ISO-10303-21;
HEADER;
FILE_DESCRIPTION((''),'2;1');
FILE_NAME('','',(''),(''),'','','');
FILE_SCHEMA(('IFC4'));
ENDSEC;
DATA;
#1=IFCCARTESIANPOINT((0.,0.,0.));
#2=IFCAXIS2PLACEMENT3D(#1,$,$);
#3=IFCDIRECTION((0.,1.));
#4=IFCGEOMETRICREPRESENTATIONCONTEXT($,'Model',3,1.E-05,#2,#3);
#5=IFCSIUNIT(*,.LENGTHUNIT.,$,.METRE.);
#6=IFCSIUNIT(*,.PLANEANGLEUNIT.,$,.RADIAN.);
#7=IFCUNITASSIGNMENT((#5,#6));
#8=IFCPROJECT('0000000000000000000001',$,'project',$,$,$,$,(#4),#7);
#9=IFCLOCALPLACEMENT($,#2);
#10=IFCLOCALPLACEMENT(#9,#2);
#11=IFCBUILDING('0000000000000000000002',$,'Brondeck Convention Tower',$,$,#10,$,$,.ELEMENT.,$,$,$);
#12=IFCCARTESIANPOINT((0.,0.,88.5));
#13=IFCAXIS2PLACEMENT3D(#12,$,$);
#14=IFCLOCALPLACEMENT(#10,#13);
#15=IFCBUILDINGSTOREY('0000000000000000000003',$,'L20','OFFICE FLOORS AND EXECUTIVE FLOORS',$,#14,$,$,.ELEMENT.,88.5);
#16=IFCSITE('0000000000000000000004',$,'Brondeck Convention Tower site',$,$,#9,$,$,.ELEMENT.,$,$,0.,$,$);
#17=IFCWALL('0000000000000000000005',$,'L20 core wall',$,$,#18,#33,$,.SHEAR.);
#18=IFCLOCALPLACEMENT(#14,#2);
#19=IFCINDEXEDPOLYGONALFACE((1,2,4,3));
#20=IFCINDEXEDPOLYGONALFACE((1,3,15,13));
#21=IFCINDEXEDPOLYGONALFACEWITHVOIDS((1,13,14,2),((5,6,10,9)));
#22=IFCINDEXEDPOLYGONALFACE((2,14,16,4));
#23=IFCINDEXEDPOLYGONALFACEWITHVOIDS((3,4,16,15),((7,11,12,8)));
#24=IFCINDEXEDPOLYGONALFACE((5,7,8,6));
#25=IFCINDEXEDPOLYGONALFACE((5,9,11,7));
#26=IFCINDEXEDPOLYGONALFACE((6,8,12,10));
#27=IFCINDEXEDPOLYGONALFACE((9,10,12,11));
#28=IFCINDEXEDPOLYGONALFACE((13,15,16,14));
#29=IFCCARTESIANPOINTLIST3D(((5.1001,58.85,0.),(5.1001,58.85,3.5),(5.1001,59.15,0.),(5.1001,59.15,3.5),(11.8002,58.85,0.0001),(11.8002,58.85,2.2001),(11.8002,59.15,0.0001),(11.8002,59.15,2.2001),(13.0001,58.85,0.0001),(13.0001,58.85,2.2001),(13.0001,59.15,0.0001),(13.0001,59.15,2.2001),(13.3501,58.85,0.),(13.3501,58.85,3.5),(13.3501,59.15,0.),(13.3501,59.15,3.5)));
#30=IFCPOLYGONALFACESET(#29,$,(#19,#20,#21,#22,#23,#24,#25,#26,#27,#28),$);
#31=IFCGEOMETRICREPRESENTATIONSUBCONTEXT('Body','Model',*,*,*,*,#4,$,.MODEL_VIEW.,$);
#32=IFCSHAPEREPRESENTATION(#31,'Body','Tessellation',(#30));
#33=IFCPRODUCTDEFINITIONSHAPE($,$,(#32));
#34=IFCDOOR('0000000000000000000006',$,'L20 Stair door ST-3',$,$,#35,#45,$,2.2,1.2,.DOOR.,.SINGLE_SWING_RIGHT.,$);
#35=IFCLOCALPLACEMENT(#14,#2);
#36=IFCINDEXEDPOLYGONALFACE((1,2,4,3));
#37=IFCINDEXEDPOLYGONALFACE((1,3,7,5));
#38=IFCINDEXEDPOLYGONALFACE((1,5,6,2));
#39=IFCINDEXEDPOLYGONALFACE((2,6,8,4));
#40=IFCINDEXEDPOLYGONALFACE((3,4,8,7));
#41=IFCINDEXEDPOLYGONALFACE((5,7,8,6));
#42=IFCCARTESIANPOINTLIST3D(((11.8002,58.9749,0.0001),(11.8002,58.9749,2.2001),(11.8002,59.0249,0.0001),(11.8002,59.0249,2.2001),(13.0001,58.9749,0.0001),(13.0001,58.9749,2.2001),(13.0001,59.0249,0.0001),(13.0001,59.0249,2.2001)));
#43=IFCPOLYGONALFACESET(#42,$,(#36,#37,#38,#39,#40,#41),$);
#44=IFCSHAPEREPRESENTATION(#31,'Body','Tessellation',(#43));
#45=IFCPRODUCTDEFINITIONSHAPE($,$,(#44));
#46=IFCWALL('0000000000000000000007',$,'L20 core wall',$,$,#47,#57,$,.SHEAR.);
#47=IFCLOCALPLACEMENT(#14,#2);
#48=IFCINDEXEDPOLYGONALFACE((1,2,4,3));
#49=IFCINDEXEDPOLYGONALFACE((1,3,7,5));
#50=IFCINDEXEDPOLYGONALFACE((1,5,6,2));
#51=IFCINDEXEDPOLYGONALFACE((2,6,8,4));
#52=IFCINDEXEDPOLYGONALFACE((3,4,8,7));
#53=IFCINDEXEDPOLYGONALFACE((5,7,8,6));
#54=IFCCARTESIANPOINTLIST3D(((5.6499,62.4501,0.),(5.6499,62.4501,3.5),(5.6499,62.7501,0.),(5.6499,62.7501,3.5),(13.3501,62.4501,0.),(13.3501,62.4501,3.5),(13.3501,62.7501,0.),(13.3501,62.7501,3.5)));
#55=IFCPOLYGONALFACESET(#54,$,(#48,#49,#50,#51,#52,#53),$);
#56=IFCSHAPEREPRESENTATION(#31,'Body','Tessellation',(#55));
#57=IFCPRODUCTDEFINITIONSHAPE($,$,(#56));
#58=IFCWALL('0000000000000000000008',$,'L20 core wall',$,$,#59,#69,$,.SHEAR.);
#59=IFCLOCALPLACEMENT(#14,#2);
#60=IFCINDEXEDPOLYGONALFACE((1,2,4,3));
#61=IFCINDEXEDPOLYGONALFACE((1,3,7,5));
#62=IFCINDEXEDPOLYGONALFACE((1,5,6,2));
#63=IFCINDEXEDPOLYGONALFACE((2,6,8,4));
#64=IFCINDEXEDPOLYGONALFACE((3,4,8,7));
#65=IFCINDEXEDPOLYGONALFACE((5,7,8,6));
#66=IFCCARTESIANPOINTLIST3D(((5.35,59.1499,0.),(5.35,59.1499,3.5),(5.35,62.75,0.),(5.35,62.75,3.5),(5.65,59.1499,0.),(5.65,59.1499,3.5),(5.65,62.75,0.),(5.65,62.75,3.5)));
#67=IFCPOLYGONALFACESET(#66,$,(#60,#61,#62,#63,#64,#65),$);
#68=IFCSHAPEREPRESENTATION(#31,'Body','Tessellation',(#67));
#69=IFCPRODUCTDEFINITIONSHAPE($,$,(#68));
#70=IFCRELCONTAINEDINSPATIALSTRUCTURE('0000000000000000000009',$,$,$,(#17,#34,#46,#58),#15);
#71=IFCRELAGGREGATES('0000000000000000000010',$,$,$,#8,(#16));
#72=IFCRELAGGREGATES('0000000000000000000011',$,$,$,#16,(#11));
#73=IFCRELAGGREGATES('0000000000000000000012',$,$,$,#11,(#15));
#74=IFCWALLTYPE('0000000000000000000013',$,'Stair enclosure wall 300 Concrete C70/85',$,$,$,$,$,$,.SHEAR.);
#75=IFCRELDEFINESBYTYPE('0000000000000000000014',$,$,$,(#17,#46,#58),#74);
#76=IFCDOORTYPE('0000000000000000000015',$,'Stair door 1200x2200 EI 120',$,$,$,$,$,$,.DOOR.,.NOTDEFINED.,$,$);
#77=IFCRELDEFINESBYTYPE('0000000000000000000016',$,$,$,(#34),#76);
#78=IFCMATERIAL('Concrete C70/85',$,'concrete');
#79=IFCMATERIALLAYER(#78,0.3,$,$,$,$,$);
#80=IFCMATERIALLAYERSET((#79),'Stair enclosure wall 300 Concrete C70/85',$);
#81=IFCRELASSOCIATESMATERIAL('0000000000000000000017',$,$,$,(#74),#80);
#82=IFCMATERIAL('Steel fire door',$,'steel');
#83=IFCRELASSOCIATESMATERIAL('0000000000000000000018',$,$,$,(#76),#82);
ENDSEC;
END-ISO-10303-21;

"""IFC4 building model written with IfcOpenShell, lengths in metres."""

from ifc_helpers import new_model, si_unit, direction, frame, frame_2d, origin, place, context, subcontext, project, spatial, rectangle, extrude, material, layer, layer_set, type_object, element, fill, save


model = new_model("IFC4")

# Units and contexts
model_context = context("Model", 3, precision=1e-05, world=origin(), true_north=direction((0.0, 1.0)))
body_context = subcontext(model_context, "Body", "Model", "MODEL_VIEW")
ifc_project = project(units=[si_unit("LENGTHUNIT", "METRE"), si_unit("PLANEANGLEUNIT", "RADIAN")], contexts=[model_context])

# Site, building, storey
site_placement = place(None, origin())
site = spatial("IfcSite", under=ifc_project, at=site_placement, Name="Brondeck Convention Tower site", CompositionType="ELEMENT", RefElevation=0.0)
building_placement = place(site_placement, origin())
building = spatial("IfcBuilding", under=site, at=building_placement, Name="Brondeck Convention Tower", CompositionType="ELEMENT")
storey_placement = place(building_placement, frame((0.0, 0.0, 88.5)))
storey = spatial("IfcBuildingStorey", under=building, at=storey_placement, Name="L20", Description="OFFICE FLOORS AND EXECUTIVE FLOORS", CompositionType="ELEMENT", Elevation=88.5)

# Shared definitions
ifc_material_1 = material(Name="Concrete C70/85", Category="concrete")

# Wall, opening, door
ifc_layer_1 = layer(ifc_material_1, 0.3)
ifc_layer_set_1 = layer_set([ifc_layer_1], Name="Stair enclosure wall 300 Concrete C70/85")
wall_type_1 = type_object("IfcWallType", Name="Stair enclosure wall 300 Concrete C70/85", PredefinedType="SHEAR", material=ifc_layer_set_1)
wall_1_placement = place(storey_placement, frame((5.1001, 59.0, 0.0), z_axis=(0.0, 0.0, 1.0), x_axis=(1.0, 0.0, 0.0)))
wall_1 = element("IfcWall", 1, at=wall_1_placement, inside=storey, type_object=wall_type_1, Name="L20 core wall", PredefinedType="SHEAR", context=body_context, shape_type="SweptSolid", body=[
    extrude(rectangle(XDim=8.25, YDim=0.3, at=frame_2d((4.125, 0.0))), origin(), (0.0, 0.0, 1.0), 3.5),
])
opening_1_placement = place(wall_1_placement, frame((6.7, 0.0, 0.0)))
opening_1 = element("IfcOpeningElement", 2, at=opening_1_placement, cuts=wall_1, PredefinedType="OPENING", context=body_context, shape_type="SweptSolid", body=[
    extrude(rectangle(XDim=1.2, YDim=2.2, at=frame_2d((0.6001, 1.1001))), frame((0.0, 0.1599, 0.0), z_axis=(0.0, -1.0, 0.0), x_axis=(1.0, 0.0, 0.0)), (0.0, 0.0, 1.0), 0.3201),
])
ifc_material_2 = material(Name="Steel fire door", Category="steel")
door_type_1 = type_object("IfcDoorType", Name="Stair door 1200x2200 EI 120", OperationType="NOTDEFINED", PredefinedType="DOOR", material=ifc_material_2)
door_1_placement = place(opening_1_placement, origin())
door_1 = element("IfcDoor", 3, at=door_1_placement, inside=storey, type_object=door_type_1, Name="L20 Stair door ST-3", OperationType="SINGLE_SWING_RIGHT", OverallHeight=2.2, OverallWidth=1.2, PredefinedType="DOOR", context=body_context, shape_type="SweptSolid", body=[
    extrude(rectangle(XDim=1.2, YDim=2.2, at=frame_2d((0.6001, 1.1001))), frame((0.0, 0.0249, 0.0), z_axis=(0.0, -1.0, 0.0), x_axis=(1.0, 0.0, 0.0)), (0.0, 0.0, 1.0), 0.05),
])
fill(opening_1, door_1)

# Walls
wall_2_placement = place(storey_placement, frame((5.6499, 62.6001, 0.0), z_axis=(0.0, 0.0, 1.0), x_axis=(1.0, 0.0, 0.0)))
element("IfcWall", 4, at=wall_2_placement, inside=storey, type_object=wall_type_1, Name="L20 core wall", PredefinedType="SHEAR", context=body_context, shape_type="SweptSolid", body=[
    extrude(rectangle(XDim=7.7002, YDim=0.3, at=frame_2d((3.8501, 0.0))), origin(), (0.0, 0.0, 1.0), 3.5),
])
wall_3_placement = place(storey_placement, frame((5.5, 59.1499, 0.0), z_axis=(0.0, 0.0, 1.0), x_axis=(0.0, 1.0, 0.0)))
element("IfcWall", 5, at=wall_3_placement, inside=storey, type_object=wall_type_1, Name="L20 core wall", PredefinedType="SHEAR", context=body_context, shape_type="SweptSolid", body=[
    extrude(rectangle(XDim=3.6001, YDim=0.3, at=frame_2d((1.8, 0.0))), origin(), (0.0, 0.0, 1.0), 3.5),
])

save(model, "model.ifc")
